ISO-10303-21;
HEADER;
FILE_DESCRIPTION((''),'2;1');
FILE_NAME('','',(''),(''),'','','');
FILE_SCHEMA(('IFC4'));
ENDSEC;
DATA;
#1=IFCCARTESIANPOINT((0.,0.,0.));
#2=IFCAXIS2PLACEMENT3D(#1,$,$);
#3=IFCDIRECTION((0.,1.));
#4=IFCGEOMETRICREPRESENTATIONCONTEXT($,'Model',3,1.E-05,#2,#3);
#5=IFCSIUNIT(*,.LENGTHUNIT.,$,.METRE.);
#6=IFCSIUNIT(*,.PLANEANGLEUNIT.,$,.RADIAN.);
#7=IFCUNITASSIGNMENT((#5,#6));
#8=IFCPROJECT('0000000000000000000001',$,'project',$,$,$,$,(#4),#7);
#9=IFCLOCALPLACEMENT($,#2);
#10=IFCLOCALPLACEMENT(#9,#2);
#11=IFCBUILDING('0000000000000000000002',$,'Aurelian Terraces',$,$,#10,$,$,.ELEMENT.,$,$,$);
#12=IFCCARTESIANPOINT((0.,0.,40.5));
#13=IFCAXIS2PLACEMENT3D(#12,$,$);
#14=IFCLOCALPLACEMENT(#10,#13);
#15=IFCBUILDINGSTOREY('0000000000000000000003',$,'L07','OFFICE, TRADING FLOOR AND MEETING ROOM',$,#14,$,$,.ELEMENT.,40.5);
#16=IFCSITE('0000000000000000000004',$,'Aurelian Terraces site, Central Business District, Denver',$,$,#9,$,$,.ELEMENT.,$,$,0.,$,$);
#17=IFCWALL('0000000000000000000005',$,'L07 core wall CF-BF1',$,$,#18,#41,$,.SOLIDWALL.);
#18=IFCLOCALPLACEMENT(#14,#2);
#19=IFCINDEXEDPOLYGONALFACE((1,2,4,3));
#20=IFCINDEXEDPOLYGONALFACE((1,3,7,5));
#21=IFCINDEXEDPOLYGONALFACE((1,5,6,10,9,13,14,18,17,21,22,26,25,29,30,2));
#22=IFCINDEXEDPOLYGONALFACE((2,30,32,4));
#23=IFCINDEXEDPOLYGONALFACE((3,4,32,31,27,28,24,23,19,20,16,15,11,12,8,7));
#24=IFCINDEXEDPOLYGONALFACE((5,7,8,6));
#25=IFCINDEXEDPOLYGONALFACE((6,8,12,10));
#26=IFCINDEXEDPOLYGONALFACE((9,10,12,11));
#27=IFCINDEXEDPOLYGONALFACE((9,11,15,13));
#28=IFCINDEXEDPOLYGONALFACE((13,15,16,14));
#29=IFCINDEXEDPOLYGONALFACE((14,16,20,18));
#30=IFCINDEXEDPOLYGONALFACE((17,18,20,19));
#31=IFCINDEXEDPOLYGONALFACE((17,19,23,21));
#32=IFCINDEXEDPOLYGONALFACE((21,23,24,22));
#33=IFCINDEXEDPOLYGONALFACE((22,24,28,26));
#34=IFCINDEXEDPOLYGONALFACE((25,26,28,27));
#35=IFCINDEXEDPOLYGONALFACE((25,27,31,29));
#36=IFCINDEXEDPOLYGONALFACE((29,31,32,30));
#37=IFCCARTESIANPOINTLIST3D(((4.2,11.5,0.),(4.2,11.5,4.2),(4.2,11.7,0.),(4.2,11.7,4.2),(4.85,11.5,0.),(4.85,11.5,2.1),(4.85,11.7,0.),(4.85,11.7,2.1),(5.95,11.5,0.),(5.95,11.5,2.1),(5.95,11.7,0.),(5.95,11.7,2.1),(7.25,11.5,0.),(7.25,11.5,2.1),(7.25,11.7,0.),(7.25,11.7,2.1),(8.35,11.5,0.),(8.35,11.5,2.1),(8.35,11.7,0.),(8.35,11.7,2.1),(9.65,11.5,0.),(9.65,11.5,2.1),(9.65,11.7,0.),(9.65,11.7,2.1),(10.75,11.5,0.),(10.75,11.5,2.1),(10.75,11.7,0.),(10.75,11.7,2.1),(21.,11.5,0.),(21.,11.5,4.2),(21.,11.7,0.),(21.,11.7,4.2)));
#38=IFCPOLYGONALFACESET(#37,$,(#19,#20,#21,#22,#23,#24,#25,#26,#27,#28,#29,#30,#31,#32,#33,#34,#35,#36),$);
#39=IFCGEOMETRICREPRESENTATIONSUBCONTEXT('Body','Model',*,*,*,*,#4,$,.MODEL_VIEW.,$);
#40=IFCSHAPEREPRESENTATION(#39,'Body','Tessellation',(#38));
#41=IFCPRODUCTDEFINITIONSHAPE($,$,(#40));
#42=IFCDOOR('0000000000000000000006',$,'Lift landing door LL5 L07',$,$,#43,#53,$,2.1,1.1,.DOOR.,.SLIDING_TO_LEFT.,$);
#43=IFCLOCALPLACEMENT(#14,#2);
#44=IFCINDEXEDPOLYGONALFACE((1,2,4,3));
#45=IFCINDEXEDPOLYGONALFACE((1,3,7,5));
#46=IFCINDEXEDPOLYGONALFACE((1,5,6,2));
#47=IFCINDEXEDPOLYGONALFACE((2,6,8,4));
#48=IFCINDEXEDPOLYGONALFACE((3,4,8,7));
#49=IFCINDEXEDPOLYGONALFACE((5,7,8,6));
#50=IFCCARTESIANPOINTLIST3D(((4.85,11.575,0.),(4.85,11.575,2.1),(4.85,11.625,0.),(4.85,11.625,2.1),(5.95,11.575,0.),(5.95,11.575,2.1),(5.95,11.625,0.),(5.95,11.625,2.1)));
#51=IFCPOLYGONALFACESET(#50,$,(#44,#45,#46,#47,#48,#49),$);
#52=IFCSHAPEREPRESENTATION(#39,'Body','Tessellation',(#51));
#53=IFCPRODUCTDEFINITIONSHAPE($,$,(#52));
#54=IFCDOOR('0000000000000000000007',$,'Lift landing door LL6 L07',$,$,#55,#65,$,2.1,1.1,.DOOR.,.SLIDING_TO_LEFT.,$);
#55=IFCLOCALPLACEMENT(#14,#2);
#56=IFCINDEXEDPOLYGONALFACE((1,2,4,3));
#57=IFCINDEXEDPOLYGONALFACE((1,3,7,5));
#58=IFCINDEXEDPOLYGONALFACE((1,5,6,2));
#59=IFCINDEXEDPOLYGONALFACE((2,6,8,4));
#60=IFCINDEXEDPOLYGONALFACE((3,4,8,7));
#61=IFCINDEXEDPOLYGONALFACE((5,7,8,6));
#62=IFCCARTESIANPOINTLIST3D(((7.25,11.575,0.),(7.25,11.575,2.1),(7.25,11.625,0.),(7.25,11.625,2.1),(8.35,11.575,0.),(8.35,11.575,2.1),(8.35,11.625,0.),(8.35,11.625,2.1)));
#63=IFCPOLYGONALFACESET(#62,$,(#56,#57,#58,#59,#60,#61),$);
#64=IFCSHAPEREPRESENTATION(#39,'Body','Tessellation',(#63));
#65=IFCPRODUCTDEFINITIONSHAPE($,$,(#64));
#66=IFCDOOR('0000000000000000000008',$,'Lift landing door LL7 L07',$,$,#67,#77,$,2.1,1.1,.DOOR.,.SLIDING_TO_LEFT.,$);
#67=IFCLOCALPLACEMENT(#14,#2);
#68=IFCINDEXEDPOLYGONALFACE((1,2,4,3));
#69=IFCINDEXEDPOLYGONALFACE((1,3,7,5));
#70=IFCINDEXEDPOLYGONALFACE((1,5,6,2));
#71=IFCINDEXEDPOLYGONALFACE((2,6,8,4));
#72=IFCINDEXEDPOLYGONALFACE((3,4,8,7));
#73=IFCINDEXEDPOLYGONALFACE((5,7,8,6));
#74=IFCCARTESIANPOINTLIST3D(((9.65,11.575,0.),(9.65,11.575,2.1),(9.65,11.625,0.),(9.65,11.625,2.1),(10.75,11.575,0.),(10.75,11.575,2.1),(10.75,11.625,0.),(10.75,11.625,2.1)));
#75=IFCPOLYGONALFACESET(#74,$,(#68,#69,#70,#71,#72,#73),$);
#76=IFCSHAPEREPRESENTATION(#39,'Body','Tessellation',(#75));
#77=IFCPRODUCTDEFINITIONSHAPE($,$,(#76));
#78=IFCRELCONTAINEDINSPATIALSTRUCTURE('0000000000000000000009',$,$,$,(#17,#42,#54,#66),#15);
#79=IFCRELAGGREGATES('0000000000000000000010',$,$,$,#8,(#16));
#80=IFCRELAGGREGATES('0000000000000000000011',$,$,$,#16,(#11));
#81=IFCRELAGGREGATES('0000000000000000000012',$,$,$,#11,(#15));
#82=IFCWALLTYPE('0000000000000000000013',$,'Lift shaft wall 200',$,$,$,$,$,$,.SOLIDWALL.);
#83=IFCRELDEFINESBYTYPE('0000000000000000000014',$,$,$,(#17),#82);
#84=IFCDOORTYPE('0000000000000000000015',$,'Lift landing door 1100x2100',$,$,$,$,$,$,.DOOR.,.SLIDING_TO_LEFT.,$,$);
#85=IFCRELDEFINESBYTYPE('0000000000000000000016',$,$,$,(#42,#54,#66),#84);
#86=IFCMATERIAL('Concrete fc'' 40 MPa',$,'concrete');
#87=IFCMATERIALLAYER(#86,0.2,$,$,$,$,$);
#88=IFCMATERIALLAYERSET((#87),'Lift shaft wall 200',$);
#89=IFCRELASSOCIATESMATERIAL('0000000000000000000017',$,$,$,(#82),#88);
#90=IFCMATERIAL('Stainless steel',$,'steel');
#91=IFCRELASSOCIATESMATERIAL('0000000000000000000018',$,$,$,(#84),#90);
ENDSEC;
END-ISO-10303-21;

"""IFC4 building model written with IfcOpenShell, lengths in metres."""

from ifc_helpers import new_model, si_unit, direction, frame, frame_2d, origin, place, context, subcontext, project, spatial, rectangle, extrude, source, transform, mapped, material, layer, layer_set, type_object, element, fill, save


model = new_model("IFC4")

# Units and contexts
model_context = context("Model", 3, precision=1e-05, world=origin(), true_north=direction((0.0, 1.0)))
body_context = subcontext(model_context, "Body", "Model", "MODEL_VIEW")
ifc_project = project(units=[si_unit("LENGTHUNIT", "METRE"), si_unit("PLANEANGLEUNIT", "RADIAN")], contexts=[model_context])

# Site, building, storey
site_placement = place(None, origin())
site = spatial("IfcSite", under=ifc_project, at=site_placement, Name="Aurelian Terraces site, Central Business District, Denver", CompositionType="ELEMENT", RefElevation=0.0)
building_placement = place(site_placement, origin())
building = spatial("IfcBuilding", under=site, at=building_placement, Name="Aurelian Terraces", CompositionType="ELEMENT")
storey_placement = place(building_placement, frame((0.0, 0.0, 40.5)))
storey = spatial("IfcBuildingStorey", under=building, at=storey_placement, Name="L07", Description="OFFICE, TRADING FLOOR AND MEETING ROOM", CompositionType="ELEMENT", Elevation=40.5)

# Shared definitions
ifc_material_1 = material(Name="Concrete fc' 40 MPa", Category="concrete")
ifc_layer_1 = layer(ifc_material_1, 0.2)
ifc_layer_set_1 = layer_set([ifc_layer_1], Name="Lift shaft wall 200")
wall_type_1 = type_object("IfcWallType", Name="Lift shaft wall 200", PredefinedType="SOLIDWALL", material=ifc_layer_set_1)

# Shared definitions
shared_shape_1 = source(origin(), body_context, "Body", "SweptSolid", [
    extrude(rectangle(XDim=1.1, YDim=2.1, at=frame_2d((0.55, 1.05))), frame((0.0, 0.11, 0.0), z_axis=(0.0, -1.0, 0.0), x_axis=(1.0, 0.0, 0.0)), (0.0, 0.0, 1.0), 0.22),
])
ifc_material_2 = material(Name="Stainless steel", Category="steel")
door_type_1 = type_object("IfcDoorType", Name="Lift landing door 1100x2100", OperationType="SLIDING_TO_LEFT", PredefinedType="DOOR", material=ifc_material_2)
shared_shape_2 = source(origin(), body_context, "Body", "SweptSolid", [
    extrude(rectangle(XDim=1.1, YDim=2.1, at=frame_2d((0.55, 1.05))), frame((0.0, 0.025, 0.0), z_axis=(0.0, -1.0, 0.0), x_axis=(1.0, 0.0, 0.0)), (0.0, 0.0, 1.0), 0.05),
])

# Wall, openings, doors
shared_shape_3 = source(origin(), body_context, "Body", "SweptSolid", [
    extrude(rectangle(XDim=16.8, YDim=0.2, at=frame_2d((8.4, 0.0))), origin(), (0.0, 0.0, 1.0), 4.2),
])
wall_1_placement = place(storey_placement, frame((4.2, 11.6, 0.0), z_axis=(0.0, 0.0, 1.0), x_axis=(1.0, 0.0, 0.0)))
wall_1 = element("IfcWall", 1, at=wall_1_placement, inside=storey, type_object=wall_type_1, Name="L07 core wall CF-BF1", PredefinedType="SOLIDWALL", context=body_context, shape_type="MappedRepresentation", body=[
    mapped(shared_shape_3, transform((0.0, 0.0, 0.0), scale=1.0)),
])
opening_1_placement = place(wall_1_placement, frame((0.65, 0.0, 0.0)))
opening_1 = element("IfcOpeningElement", 2, at=opening_1_placement, cuts=wall_1, PredefinedType="OPENING", context=body_context, shape_type="MappedRepresentation", body=[
    mapped(shared_shape_1, transform((0.0, 0.0, 0.0), scale=1.0)),
])
opening_2_placement = place(wall_1_placement, frame((3.05, 0.0, 0.0)))
opening_2 = element("IfcOpeningElement", 3, at=opening_2_placement, cuts=wall_1, PredefinedType="OPENING", context=body_context, shape_type="MappedRepresentation", body=[
    mapped(shared_shape_1, transform((0.0, 0.0, 0.0), scale=1.0)),
])
opening_3_placement = place(wall_1_placement, frame((5.45, 0.0, 0.0)))
opening_3 = element("IfcOpeningElement", 4, at=opening_3_placement, cuts=wall_1, PredefinedType="OPENING", context=body_context, shape_type="MappedRepresentation", body=[
    mapped(shared_shape_1, transform((0.0, 0.0, 0.0), scale=1.0)),
])
door_1_placement = place(opening_1_placement, origin())
door_1 = element("IfcDoor", 5, at=door_1_placement, inside=storey, type_object=door_type_1, Name="Lift landing door LL5 L07", OperationType="SLIDING_TO_LEFT", OverallHeight=2.1, OverallWidth=1.1, PredefinedType="DOOR", context=body_context, shape_type="MappedRepresentation", body=[
    mapped(shared_shape_2, transform((0.0, 0.0, 0.0), scale=1.0)),
])
fill(opening_1, door_1)
door_2_placement = place(opening_2_placement, origin())
door_2 = element("IfcDoor", 6, at=door_2_placement, inside=storey, type_object=door_type_1, Name="Lift landing door LL6 L07", OperationType="SLIDING_TO_LEFT", OverallHeight=2.1, OverallWidth=1.1, PredefinedType="DOOR", context=body_context, shape_type="MappedRepresentation", body=[
    mapped(shared_shape_2, transform((0.0, 0.0, 0.0), scale=1.0)),
])
fill(opening_2, door_2)
door_3_placement = place(opening_3_placement, origin())
door_3 = element("IfcDoor", 7, at=door_3_placement, inside=storey, type_object=door_type_1, Name="Lift landing door LL7 L07", OperationType="SLIDING_TO_LEFT", OverallHeight=2.1, OverallWidth=1.1, PredefinedType="DOOR", context=body_context, shape_type="MappedRepresentation", body=[
    mapped(shared_shape_2, transform((0.0, 0.0, 0.0), scale=1.0)),
])
fill(opening_3, door_3)

save(model, "model.ifc")
